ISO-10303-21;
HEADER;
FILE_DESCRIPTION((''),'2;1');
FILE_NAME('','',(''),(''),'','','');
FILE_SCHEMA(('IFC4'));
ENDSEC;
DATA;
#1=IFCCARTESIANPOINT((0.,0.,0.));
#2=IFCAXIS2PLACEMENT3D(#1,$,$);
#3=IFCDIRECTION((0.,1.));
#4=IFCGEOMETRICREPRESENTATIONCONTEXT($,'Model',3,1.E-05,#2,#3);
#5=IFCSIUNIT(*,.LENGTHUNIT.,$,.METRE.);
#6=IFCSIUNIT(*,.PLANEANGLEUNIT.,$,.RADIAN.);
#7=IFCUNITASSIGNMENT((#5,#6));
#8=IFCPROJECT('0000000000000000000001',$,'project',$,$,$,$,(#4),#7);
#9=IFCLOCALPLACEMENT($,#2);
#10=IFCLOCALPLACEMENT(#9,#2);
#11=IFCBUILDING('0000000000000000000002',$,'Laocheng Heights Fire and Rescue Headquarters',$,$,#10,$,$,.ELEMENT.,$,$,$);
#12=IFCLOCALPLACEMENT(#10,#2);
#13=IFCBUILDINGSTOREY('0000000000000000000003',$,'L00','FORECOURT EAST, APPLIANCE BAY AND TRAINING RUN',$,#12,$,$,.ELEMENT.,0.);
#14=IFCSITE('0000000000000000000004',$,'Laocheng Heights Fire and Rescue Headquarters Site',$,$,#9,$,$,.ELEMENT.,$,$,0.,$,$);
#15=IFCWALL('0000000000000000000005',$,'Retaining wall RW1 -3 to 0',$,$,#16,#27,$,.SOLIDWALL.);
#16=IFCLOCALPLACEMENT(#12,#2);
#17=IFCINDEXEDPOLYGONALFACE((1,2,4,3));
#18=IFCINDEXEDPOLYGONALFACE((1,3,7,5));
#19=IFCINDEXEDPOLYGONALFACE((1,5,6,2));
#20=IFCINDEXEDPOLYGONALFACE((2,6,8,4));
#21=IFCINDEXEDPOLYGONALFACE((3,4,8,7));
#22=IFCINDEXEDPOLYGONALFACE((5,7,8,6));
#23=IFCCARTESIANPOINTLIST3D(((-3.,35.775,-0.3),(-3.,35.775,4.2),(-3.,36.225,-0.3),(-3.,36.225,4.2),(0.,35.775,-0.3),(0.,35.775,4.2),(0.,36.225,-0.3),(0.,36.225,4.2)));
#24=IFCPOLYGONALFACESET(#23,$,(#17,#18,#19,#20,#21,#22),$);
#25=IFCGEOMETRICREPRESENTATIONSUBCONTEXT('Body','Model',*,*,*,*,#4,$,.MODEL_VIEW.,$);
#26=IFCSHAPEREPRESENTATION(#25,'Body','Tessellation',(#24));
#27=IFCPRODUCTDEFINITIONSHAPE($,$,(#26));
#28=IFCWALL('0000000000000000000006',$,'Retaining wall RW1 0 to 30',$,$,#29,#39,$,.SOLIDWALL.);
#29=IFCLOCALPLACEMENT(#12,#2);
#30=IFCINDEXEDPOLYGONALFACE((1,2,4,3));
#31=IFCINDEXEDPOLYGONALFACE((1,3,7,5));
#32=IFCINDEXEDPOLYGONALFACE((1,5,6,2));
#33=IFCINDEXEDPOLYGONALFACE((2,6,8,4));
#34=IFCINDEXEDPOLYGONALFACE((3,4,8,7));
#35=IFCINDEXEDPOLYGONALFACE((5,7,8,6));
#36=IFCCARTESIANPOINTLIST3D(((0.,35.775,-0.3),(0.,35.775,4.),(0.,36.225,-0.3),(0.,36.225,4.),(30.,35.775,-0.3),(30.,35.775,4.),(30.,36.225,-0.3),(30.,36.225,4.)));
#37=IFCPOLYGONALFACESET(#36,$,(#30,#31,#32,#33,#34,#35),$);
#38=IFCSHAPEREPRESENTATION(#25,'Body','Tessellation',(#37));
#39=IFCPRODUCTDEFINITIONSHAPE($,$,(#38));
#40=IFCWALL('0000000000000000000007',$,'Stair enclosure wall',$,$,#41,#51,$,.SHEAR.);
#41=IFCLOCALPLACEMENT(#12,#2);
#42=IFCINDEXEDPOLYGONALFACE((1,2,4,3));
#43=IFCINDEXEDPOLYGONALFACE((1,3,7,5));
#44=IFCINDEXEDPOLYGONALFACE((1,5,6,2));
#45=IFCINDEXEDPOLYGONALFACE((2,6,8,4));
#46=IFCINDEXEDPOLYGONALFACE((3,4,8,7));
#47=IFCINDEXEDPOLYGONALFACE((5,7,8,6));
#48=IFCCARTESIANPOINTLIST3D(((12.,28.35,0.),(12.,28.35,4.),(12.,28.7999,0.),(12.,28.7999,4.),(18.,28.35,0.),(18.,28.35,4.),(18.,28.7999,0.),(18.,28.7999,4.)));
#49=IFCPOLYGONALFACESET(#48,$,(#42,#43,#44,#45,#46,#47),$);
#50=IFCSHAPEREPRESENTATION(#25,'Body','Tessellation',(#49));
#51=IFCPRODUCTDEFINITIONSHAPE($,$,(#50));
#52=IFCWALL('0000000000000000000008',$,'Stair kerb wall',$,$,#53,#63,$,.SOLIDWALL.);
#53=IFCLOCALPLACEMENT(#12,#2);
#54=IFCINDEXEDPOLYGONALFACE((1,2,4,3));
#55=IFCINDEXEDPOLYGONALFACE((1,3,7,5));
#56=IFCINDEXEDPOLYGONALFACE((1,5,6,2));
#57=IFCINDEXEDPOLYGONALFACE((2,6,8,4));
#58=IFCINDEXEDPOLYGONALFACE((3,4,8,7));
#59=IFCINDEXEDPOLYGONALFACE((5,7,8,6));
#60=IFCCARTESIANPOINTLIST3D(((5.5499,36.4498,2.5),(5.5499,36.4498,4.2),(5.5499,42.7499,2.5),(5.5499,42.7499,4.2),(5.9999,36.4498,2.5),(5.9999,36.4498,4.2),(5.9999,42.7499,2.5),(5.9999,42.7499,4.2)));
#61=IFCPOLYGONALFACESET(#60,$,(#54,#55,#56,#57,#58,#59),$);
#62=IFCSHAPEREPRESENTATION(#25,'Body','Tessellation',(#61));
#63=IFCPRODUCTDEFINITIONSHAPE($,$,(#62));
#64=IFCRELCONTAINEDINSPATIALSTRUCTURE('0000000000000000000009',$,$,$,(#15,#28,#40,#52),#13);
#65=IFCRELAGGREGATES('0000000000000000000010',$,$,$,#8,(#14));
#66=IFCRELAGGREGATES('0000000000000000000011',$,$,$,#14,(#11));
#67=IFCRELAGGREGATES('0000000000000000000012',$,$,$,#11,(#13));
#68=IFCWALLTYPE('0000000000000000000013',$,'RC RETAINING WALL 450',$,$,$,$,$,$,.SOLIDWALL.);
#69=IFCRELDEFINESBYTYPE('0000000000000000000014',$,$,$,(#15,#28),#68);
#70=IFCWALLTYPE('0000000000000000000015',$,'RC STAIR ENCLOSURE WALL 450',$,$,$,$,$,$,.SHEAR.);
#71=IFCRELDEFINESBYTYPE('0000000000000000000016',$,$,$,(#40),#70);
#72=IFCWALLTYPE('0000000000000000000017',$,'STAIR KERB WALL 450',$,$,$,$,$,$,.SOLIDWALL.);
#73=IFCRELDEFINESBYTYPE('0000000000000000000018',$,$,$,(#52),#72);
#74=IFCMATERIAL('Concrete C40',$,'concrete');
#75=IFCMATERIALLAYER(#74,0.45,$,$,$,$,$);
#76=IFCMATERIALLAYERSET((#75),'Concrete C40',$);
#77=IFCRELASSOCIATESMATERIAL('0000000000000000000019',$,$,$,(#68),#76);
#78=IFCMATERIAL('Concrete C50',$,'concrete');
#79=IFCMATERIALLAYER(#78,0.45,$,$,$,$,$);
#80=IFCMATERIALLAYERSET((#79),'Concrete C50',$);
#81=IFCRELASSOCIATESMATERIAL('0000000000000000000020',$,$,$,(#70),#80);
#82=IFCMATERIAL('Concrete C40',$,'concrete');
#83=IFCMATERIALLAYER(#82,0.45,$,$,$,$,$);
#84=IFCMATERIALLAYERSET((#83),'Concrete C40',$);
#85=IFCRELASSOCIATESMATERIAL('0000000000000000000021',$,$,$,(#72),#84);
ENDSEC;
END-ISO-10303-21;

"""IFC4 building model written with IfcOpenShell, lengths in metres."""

from ifc_helpers import new_model, si_unit, direction, frame, frame_2d, origin, place, context, subcontext, project, spatial, rectangle, extrude, material, layer, layer_set, type_object, element, save


model = new_model("IFC4")

# Units and contexts
model_context = context("Model", 3, precision=1e-05, world=origin(), true_north=direction((0.0, 1.0)))
body_context = subcontext(model_context, "Body", "Model", "MODEL_VIEW")
ifc_project = project(units=[si_unit("LENGTHUNIT", "METRE"), si_unit("PLANEANGLEUNIT", "RADIAN")], contexts=[model_context])

# Site, building, storey
site_placement = place(None, origin())
site = spatial("IfcSite", under=ifc_project, at=site_placement, Name="Laocheng Heights Fire and Rescue Headquarters Site", CompositionType="ELEMENT", RefElevation=0.0)
building_placement = place(site_placement, origin())
building = spatial("IfcBuilding", under=site, at=building_placement, Name="Laocheng Heights Fire and Rescue Headquarters", CompositionType="ELEMENT")
storey_placement = place(building_placement, origin())
storey = spatial("IfcBuildingStorey", under=building, at=storey_placement, Name="L00", Description="FORECOURT EAST, APPLIANCE BAY AND TRAINING RUN", CompositionType="ELEMENT", Elevation=0.0)

# Walls
ifc_material_1 = material(Name="Concrete C40", Category="concrete")
ifc_layer_1 = layer(ifc_material_1, 0.45)
ifc_layer_set_1 = layer_set([ifc_layer_1], Name="Concrete C40")
wall_type_1 = type_object("IfcWallType", Name="RC RETAINING WALL 450", PredefinedType="SOLIDWALL", material=ifc_layer_set_1)
wall_1_placement = place(storey_placement, frame((-3.0, 36.0, -0.3), z_axis=(0.0, 0.0, 1.0), x_axis=(1.0, 0.0, 0.0)))
element("IfcWall", 1, at=wall_1_placement, inside=storey, type_object=wall_type_1, Name="Retaining wall RW1 -3 to 0", PredefinedType="SOLIDWALL", context=body_context, shape_type="SweptSolid", body=[
    extrude(rectangle(XDim=3.0, YDim=0.45, at=frame_2d((1.5, 0.0))), origin(), (0.0, 0.0, 1.0), 4.5),
])
wall_2_placement = place(storey_placement, frame((0.0, 36.0, -0.3), z_axis=(0.0, 0.0, 1.0), x_axis=(1.0, 0.0, 0.0)))
element("IfcWall", 2, at=wall_2_placement, inside=storey, type_object=wall_type_1, Name="Retaining wall RW1 0 to 30", PredefinedType="SOLIDWALL", context=body_context, shape_type="SweptSolid", body=[
    extrude(rectangle(XDim=30.0, YDim=0.45, at=frame_2d((15.0, 0.0))), origin(), (0.0, 0.0, 1.0), 4.3),
])
ifc_material_2 = material(Name="Concrete C50", Category="concrete")
ifc_layer_2 = layer(ifc_material_2, 0.45)
ifc_layer_set_2 = layer_set([ifc_layer_2], Name="Concrete C50")
wall_type_2 = type_object("IfcWallType", Name="RC STAIR ENCLOSURE WALL 450", PredefinedType="SHEAR", material=ifc_layer_set_2)
wall_3_placement = place(storey_placement, frame((12.0, 28.575, 0.0), z_axis=(0.0, 0.0, 1.0), x_axis=(1.0, 0.0, 0.0)))
element("IfcWall", 3, at=wall_3_placement, inside=storey, type_object=wall_type_2, Name="Stair enclosure wall", PredefinedType="SHEAR", context=body_context, shape_type="SweptSolid", body=[
    extrude(rectangle(XDim=6.0, YDim=0.45, at=frame_2d((3.0, 0.0))), origin(), (0.0, 0.0, 1.0), 4.0),
])
ifc_material_3 = material(Name="Concrete C40", Category="concrete")
ifc_layer_3 = layer(ifc_material_3, 0.45)
ifc_layer_set_3 = layer_set([ifc_layer_3], Name="Concrete C40")
wall_type_3 = type_object("IfcWallType", Name="STAIR KERB WALL 450", PredefinedType="SOLIDWALL", material=ifc_layer_set_3)
wall_4_placement = place(storey_placement, frame((5.7749, 36.45, 2.5), z_axis=(0.0, 0.0, 1.0), x_axis=(0.0, 1.0, 0.0)))
element("IfcWall", 4, at=wall_4_placement, inside=storey, type_object=wall_type_3, Name="Stair kerb wall", PredefinedType="SOLIDWALL", context=body_context, shape_type="SweptSolid", body=[
    extrude(rectangle(XDim=6.3, YDim=0.45, at=frame_2d((3.1499, 0.0))), origin(), (0.0, 0.0, 1.0), 1.7),
])

save(model, "model.ifc")
